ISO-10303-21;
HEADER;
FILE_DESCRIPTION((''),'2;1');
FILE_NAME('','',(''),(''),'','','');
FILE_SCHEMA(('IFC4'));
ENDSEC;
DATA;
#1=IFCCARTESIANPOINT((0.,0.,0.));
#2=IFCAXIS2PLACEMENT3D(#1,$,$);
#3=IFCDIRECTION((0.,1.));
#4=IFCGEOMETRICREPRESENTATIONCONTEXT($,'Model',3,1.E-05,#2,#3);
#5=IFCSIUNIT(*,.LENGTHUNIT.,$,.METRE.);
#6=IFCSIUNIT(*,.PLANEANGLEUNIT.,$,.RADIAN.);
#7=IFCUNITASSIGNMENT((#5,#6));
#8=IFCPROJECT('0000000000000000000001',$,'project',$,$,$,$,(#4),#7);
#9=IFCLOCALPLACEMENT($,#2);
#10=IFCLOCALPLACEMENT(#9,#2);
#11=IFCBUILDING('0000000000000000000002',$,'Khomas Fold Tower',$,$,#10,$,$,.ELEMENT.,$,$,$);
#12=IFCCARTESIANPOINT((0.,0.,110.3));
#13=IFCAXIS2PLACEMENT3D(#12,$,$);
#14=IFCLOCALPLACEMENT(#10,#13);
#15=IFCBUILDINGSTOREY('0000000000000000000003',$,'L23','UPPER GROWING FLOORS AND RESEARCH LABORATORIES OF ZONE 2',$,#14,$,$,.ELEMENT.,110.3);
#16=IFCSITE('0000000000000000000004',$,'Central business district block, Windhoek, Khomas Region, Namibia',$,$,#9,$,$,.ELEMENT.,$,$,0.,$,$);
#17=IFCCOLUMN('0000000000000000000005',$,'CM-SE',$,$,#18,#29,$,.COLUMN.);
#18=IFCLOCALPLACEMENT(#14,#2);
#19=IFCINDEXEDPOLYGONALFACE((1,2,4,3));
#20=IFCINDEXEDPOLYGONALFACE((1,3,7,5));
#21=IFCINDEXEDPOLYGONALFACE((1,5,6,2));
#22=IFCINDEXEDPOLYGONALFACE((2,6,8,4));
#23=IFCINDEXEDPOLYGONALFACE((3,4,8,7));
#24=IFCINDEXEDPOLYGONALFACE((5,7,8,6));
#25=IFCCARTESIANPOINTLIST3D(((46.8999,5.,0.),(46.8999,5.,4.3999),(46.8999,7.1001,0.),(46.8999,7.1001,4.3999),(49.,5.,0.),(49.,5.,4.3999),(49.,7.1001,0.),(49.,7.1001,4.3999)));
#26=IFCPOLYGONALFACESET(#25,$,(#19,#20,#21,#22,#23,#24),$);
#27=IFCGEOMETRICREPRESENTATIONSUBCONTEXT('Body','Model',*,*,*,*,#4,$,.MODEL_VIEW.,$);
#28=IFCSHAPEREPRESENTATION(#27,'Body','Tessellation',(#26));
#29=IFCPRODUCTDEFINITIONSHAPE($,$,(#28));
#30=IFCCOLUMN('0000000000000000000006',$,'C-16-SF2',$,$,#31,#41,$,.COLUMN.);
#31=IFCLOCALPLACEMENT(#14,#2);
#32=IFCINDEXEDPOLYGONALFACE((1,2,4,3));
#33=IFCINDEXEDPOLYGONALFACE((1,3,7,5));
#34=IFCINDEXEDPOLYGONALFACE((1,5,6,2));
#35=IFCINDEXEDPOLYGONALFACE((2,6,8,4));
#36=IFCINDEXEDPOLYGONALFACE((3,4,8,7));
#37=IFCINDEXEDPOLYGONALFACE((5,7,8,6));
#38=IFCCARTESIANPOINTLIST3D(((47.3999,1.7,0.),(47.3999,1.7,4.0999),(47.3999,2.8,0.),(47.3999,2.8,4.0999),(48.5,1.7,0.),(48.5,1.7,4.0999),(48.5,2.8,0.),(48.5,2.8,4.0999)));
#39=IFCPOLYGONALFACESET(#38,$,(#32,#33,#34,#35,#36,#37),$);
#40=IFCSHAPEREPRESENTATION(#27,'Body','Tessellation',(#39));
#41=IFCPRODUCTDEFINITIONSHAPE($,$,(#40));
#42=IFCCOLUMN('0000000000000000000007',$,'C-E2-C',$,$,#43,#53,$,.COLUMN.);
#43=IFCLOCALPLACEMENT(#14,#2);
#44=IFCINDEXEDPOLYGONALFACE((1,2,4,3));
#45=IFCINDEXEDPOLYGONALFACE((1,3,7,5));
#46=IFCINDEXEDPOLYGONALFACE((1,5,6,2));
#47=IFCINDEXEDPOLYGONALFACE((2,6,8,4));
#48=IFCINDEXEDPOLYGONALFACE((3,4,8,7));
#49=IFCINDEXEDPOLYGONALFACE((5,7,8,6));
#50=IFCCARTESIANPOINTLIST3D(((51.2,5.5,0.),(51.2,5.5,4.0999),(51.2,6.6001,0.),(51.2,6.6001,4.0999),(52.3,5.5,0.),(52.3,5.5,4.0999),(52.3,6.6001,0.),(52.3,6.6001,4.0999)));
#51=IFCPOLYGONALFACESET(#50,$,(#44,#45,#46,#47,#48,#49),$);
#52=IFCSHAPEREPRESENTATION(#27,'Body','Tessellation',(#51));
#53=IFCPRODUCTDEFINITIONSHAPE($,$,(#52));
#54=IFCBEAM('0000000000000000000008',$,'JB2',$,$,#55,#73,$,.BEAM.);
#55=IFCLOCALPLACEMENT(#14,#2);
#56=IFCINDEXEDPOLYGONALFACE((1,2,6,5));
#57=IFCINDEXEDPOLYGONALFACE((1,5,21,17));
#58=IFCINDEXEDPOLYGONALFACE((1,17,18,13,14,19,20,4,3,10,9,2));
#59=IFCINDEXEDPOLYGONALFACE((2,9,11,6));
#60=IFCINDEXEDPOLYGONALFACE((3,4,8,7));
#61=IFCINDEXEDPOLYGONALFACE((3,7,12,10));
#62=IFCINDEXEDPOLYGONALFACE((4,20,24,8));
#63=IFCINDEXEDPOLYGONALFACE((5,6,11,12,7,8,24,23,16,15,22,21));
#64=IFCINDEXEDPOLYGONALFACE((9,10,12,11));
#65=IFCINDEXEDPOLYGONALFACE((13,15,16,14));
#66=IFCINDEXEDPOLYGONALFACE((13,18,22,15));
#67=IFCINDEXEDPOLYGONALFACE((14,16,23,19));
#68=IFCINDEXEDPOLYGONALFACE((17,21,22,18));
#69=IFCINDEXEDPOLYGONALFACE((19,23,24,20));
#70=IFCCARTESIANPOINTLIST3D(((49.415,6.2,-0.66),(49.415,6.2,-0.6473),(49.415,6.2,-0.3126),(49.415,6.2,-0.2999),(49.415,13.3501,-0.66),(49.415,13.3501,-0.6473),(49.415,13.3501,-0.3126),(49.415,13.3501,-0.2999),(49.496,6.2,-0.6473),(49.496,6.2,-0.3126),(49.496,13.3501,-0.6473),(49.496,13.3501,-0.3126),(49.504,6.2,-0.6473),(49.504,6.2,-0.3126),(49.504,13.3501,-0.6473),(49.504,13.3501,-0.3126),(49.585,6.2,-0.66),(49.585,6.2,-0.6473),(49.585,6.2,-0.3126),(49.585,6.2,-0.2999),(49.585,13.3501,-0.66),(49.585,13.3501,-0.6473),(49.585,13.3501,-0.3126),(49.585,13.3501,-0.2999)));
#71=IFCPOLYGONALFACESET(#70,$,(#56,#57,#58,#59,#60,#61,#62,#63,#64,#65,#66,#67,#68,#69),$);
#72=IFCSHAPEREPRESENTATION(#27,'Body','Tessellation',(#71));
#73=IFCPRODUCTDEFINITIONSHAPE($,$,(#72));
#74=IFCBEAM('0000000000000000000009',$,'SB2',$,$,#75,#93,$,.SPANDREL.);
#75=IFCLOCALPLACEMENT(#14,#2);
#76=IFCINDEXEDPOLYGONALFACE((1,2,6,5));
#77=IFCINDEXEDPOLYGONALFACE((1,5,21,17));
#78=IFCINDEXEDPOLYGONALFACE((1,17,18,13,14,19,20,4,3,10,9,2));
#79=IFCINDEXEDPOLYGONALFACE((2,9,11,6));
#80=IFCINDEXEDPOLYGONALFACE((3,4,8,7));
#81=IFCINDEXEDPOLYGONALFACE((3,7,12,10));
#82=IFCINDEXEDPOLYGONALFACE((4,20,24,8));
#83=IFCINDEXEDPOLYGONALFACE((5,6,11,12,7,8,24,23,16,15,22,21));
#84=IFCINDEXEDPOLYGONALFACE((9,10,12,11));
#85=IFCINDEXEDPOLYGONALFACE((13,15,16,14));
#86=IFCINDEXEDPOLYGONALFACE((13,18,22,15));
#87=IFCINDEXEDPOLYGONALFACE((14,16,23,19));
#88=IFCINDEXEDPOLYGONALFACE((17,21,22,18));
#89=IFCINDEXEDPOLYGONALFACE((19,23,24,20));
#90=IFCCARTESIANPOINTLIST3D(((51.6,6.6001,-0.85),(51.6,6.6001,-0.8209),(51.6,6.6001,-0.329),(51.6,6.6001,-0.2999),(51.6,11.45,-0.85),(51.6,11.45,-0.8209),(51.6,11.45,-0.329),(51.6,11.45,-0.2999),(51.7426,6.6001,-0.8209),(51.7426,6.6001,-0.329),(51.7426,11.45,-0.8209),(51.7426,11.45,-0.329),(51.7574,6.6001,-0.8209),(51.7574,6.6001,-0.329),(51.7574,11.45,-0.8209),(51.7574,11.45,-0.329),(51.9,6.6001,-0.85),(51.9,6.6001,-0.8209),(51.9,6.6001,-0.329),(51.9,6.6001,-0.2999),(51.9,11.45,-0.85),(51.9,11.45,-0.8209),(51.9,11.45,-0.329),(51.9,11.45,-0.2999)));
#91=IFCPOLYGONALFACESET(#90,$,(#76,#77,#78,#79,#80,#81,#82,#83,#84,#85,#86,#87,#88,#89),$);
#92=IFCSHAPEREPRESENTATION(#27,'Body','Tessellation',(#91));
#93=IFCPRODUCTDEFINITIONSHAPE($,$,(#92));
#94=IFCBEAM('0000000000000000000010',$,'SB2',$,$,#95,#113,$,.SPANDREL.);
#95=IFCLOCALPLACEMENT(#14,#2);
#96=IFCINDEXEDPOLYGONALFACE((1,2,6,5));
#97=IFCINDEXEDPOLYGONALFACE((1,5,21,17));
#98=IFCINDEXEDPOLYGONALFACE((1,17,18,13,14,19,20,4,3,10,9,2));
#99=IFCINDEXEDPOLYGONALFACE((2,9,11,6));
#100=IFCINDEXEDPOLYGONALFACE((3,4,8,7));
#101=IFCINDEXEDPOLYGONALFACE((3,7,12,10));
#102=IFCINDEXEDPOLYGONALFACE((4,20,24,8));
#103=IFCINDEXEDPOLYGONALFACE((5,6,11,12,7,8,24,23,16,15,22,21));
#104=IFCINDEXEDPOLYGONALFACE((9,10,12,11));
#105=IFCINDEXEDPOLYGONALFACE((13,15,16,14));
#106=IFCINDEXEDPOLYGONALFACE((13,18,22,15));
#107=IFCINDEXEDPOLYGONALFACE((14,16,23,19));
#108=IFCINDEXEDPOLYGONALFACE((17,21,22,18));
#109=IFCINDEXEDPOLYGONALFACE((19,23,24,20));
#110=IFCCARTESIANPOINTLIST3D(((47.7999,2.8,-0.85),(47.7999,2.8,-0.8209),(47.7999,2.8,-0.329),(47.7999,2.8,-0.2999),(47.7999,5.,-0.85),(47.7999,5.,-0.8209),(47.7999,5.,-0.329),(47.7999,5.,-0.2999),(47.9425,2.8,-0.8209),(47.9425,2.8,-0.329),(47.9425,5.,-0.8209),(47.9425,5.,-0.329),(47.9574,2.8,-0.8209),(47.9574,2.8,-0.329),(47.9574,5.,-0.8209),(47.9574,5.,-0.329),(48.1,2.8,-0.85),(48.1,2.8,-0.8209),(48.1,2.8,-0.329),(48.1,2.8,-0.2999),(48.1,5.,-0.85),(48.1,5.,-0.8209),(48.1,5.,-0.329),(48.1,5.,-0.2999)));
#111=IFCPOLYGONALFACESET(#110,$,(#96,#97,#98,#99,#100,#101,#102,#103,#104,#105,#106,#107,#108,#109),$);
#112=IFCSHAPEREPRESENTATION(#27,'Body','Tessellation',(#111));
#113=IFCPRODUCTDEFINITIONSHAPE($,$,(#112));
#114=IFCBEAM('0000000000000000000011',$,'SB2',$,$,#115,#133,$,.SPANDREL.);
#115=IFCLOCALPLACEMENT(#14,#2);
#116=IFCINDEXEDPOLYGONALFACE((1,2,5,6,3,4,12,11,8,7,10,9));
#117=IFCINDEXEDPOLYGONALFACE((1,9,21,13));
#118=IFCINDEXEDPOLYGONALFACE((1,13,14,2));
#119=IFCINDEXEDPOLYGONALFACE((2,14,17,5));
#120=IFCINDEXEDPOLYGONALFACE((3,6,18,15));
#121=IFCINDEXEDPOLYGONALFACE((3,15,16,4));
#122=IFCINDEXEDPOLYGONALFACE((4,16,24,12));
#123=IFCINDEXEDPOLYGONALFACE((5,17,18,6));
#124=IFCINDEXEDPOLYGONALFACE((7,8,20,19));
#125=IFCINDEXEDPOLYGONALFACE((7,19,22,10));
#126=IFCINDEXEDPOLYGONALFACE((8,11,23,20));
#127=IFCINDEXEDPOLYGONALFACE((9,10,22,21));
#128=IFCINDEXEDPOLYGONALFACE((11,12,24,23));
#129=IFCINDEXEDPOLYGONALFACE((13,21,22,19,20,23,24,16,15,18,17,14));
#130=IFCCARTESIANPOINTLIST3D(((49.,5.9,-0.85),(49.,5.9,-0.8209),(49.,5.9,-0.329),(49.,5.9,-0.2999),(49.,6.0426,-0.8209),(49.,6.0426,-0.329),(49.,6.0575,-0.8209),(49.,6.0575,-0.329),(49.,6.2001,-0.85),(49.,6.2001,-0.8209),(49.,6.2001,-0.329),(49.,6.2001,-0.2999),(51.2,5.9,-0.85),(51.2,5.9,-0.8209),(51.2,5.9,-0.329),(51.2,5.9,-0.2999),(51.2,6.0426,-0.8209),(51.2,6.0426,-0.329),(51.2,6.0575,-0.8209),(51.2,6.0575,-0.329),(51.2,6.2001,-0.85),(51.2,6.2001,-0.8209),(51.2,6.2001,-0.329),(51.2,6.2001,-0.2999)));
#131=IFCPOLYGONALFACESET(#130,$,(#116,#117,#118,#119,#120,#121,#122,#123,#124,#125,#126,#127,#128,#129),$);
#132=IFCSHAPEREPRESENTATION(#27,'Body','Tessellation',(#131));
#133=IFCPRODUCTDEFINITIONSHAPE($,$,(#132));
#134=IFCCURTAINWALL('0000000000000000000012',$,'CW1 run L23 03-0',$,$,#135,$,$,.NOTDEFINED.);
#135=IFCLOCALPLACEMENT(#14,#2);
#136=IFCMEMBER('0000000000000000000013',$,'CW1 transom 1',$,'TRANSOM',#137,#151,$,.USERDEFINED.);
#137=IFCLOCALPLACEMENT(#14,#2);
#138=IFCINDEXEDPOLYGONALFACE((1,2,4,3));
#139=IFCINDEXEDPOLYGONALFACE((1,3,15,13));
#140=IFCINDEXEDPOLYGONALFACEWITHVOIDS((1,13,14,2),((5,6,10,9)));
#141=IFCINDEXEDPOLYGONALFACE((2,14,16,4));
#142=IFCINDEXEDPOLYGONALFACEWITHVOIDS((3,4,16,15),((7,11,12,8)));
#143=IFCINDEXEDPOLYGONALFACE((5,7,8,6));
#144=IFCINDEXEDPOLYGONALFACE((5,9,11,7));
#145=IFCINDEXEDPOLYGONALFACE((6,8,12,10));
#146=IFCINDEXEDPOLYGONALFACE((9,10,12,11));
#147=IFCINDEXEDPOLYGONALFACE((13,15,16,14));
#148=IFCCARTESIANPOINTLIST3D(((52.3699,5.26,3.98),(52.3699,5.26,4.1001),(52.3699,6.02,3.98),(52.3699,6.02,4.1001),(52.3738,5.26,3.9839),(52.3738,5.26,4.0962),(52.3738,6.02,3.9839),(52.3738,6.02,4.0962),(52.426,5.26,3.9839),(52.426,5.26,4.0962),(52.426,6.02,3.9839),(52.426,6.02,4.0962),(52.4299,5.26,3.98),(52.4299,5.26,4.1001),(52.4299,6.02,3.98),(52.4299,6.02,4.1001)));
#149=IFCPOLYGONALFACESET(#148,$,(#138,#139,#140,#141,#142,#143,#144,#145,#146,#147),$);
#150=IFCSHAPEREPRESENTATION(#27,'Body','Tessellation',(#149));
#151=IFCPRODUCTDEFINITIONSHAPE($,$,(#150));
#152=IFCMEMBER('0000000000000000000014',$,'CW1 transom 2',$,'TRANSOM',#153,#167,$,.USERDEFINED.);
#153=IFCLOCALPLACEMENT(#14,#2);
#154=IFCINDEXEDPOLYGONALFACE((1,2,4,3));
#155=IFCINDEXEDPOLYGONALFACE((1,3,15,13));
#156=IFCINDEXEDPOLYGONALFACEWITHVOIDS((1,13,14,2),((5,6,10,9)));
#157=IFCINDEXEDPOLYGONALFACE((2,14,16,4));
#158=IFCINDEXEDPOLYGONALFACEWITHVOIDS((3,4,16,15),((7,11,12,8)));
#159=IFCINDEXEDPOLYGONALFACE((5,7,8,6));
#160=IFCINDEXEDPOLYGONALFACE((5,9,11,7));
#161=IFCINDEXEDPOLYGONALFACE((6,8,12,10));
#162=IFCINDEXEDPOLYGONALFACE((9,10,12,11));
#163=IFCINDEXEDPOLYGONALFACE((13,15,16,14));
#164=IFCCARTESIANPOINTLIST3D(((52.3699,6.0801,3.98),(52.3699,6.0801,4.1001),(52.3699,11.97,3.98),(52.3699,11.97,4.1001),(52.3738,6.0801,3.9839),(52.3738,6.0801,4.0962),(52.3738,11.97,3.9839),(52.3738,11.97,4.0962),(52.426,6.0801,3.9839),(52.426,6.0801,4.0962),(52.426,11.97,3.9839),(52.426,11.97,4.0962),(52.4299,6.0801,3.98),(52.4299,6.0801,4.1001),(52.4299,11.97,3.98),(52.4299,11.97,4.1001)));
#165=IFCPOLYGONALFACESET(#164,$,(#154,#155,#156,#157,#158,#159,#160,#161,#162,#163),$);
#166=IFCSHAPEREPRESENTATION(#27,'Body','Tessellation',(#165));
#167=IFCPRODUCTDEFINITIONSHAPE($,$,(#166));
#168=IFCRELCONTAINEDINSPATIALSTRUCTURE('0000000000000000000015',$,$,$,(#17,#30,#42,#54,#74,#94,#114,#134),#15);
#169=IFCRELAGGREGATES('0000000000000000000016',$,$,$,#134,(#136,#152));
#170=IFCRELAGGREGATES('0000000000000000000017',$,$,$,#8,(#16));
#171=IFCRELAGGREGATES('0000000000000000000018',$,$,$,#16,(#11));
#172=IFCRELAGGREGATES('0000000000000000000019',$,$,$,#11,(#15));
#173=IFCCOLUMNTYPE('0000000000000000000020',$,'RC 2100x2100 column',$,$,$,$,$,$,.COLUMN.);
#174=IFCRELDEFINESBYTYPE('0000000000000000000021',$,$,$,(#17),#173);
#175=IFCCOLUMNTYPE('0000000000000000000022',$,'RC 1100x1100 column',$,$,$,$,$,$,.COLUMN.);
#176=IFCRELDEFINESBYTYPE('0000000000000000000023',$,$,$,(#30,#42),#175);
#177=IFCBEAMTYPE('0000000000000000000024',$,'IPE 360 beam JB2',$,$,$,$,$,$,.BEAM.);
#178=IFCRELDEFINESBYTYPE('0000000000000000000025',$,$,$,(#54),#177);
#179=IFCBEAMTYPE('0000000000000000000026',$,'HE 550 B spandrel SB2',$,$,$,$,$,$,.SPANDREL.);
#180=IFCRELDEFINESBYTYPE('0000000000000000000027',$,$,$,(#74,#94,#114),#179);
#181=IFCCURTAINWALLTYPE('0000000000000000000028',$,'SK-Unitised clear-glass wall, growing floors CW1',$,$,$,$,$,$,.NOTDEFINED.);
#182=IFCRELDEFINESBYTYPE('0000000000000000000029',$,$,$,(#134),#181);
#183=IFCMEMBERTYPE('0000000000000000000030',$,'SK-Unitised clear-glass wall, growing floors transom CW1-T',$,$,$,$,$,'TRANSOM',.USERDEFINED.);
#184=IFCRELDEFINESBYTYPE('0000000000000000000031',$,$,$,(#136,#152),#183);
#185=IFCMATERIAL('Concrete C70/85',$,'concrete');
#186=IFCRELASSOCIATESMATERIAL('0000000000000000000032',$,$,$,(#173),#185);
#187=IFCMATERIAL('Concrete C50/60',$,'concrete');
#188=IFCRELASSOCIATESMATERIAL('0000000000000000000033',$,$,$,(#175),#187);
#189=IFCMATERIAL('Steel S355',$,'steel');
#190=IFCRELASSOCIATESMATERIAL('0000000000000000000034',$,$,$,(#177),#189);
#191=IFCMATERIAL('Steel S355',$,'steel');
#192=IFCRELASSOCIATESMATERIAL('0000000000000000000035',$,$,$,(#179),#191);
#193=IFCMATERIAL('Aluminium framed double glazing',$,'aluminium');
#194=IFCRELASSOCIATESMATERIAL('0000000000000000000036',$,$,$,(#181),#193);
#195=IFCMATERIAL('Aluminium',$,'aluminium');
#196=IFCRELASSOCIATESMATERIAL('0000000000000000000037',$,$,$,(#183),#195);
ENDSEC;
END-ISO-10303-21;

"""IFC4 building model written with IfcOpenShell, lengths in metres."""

from ifc_helpers import new_model, si_unit, direction, frame, origin, origin_2d, place, context, subcontext, project, spatial, rectangle, hollow_rectangle, i_section, extrude, source, transform, mapped, material, material_profile, profile_set, type_object, element, aggregate, save


model = new_model("IFC4")

# Units and contexts
model_context = context("Model", 3, precision=1e-05, world=origin(), true_north=direction((0.0, 1.0)))
body_context = subcontext(model_context, "Body", "Model", "MODEL_VIEW")
ifc_project = project(units=[si_unit("LENGTHUNIT", "METRE"), si_unit("PLANEANGLEUNIT", "RADIAN")], contexts=[model_context])

# Site, building, storey
site_placement = place(None, origin())
site = spatial("IfcSite", under=ifc_project, at=site_placement, Name="Central business district block, Windhoek, Khomas Region, Namibia", CompositionType="ELEMENT", RefElevation=0.0)
building_placement = place(site_placement, origin())
building = spatial("IfcBuilding", under=site, at=building_placement, Name="Khomas Fold Tower", CompositionType="ELEMENT")
storey_placement = place(building_placement, frame((0.0, 0.0, 110.3)))
storey = spatial("IfcBuildingStorey", under=building, at=storey_placement, Name="L23", Description="UPPER GROWING FLOORS AND RESEARCH LABORATORIES OF ZONE 2", CompositionType="ELEMENT", Elevation=110.3)

# Columns
ifc_material_1 = material(Name="Concrete C70/85", Category="concrete")
ifc_material_profile_1 = material_profile(ifc_material_1, rectangle(XDim=2.1001, YDim=2.1001, at=origin_2d()), Name="RC 2100x2100")
ifc_profile_set_1 = profile_set([ifc_material_profile_1], Name="Concrete C70/85")
column_type_1 = type_object("IfcColumnType", Name="RC 2100x2100 column", PredefinedType="COLUMN", material=ifc_profile_set_1)
shared_shape_1 = source(origin(), body_context, "Body", "SweptSolid", [
    extrude(rectangle(XDim=2.1001, YDim=2.1001, at=origin_2d()), origin(), (0.0, 0.0, 1.0), 4.3999),
])
column_placement = place(storey_placement, frame((47.95, 6.05, 0.0), z_axis=(0.0, 0.0, 1.0), x_axis=(1.0, 0.0, 0.0)))
element("IfcColumn", 1, at=column_placement, inside=storey, type_object=column_type_1, Name="CM-SE", PredefinedType="COLUMN", context=body_context, shape_type="MappedRepresentation", body=[
    mapped(shared_shape_1, transform((0.0, 0.0, 0.0))),
])
ifc_material_2 = material(Name="Concrete C50/60", Category="concrete")
ifc_material_profile_2 = material_profile(ifc_material_2, rectangle(XDim=1.1001, YDim=1.1001, at=origin_2d()), Name="RC 1100x1100")
ifc_profile_set_2 = profile_set([ifc_material_profile_2], Name="Concrete C50/60")
column_type_2 = type_object("IfcColumnType", Name="RC 1100x1100 column", PredefinedType="COLUMN", material=ifc_profile_set_2)
shared_shape_2 = source(origin(), body_context, "Body", "SweptSolid", [
    extrude(rectangle(XDim=1.1001, YDim=1.1001, at=origin_2d()), origin(), (0.0, 0.0, 1.0), 4.0999),
])
for number, where, z_axis, x_axis, name in (
    (2, (47.95, 2.25, 0.0), (0.0, 0.0, 1.0), (1.0, 0.0, 0.0), "C-16-SF2"),
    (3, (51.75, 6.05, 0.0), (0.0, 0.0, 1.0), (1.0, 0.0, 0.0), "C-E2-C"),
):
    element("IfcColumn", number, at=place(storey_placement, frame(where, z_axis=z_axis, x_axis=x_axis)), inside=storey, type_object=column_type_2, Name=name, PredefinedType="COLUMN", context=body_context, shape_type="MappedRepresentation", body=[
        mapped(shared_shape_2, transform((0.0, 0.0, 0.0))),
    ])

# Beams
ifc_material_3 = material(Name="Steel S355", Category="steel")
ifc_material_profile_3 = material_profile(ifc_material_3, i_section(OverallWidth=0.1699, OverallDepth=0.3601, WebThickness=0.0081, FlangeThickness=0.0127, at=origin_2d()), Name="IPE 360")
ifc_profile_set_3 = profile_set([ifc_material_profile_3], Name="Steel S355")
beam_type_1 = type_object("IfcBeamType", Name="IPE 360 beam JB2", PredefinedType="BEAM", material=ifc_profile_set_3)
shared_shape_3 = source(origin(), body_context, "Body", "SweptSolid", [
    extrude(i_section(OverallWidth=0.1699, OverallDepth=0.3601, WebThickness=0.0081, FlangeThickness=0.0127, at=origin_2d()), origin(), (0.0, 0.0, 1.0), 7.1501),
])
beam_1_placement = place(storey_placement, frame((49.5, 6.2, -0.48), z_axis=(0.0, 1.0, 0.0), x_axis=(-1.0, 0.0, 0.0)))
element("IfcBeam", 4, at=beam_1_placement, inside=storey, type_object=beam_type_1, Name="JB2", PredefinedType="BEAM", context=body_context, shape_type="MappedRepresentation", body=[
    mapped(shared_shape_3, transform((0.0, 0.0, 0.0))),
])
ifc_material_4 = material(Name="Steel S355", Category="steel")
ifc_material_profile_4 = material_profile(ifc_material_4, i_section(OverallWidth=0.3, OverallDepth=0.55, WebThickness=0.0149, FlangeThickness=0.0291, at=origin_2d()), Name="HE 550 B")
ifc_profile_set_4 = profile_set([ifc_material_profile_4], Name="Steel S355")
beam_type_2 = type_object("IfcBeamType", Name="HE 550 B spandrel SB2", PredefinedType="SPANDREL", material=ifc_profile_set_4)
shared_shape_4 = source(origin(), body_context, "Body", "SweptSolid", [
    extrude(i_section(OverallWidth=0.3, OverallDepth=0.55, WebThickness=0.0149, FlangeThickness=0.0291, at=origin_2d()), origin(), (0.0, 0.0, 1.0), 4.8499),
])
beam_2_placement = place(storey_placement, frame((51.75, 6.6001, -0.575), z_axis=(0.0, 1.0, 0.0), x_axis=(-1.0, 0.0, 0.0)))
element("IfcBeam", 5, at=beam_2_placement, inside=storey, type_object=beam_type_2, Name="SB2", PredefinedType="SPANDREL", context=body_context, shape_type="MappedRepresentation", body=[
    mapped(shared_shape_4, transform((0.0, 0.0, 0.0))),
])
shared_shape_5 = source(origin(), body_context, "Body", "SweptSolid", [
    extrude(i_section(OverallWidth=0.3, OverallDepth=0.55, WebThickness=0.0149, FlangeThickness=0.0291, at=origin_2d()), origin(), (0.0, 0.0, 1.0), 2.2),
])
for number, where, z_axis, x_axis, name in (
    (6, (47.95, 2.8, -0.575), (0.0, 1.0, 0.0), (-1.0, 0.0, 0.0), "SB2"),
    (7, (49.0, 6.05, -0.575), (1.0, 0.0, 0.0), (0.0, 1.0, 0.0), "SB2"),
):
    element("IfcBeam", number, at=place(storey_placement, frame(where, z_axis=z_axis, x_axis=x_axis)), inside=storey, type_object=beam_type_2, Name=name, PredefinedType="SPANDREL", context=body_context, shape_type="MappedRepresentation", body=[
        mapped(shared_shape_5, transform((0.0, 0.0, 0.0))),
    ])

# Curtain wall, members
ifc_material_5 = material(Name="Aluminium framed double glazing", Category="aluminium")
curtain_wall_type = type_object("IfcCurtainWallType", Name="SK-Unitised clear-glass wall, growing floors CW1", PredefinedType="NOTDEFINED", material=ifc_material_5)
curtain_wall_1_placement = place(storey_placement, origin())
curtain_wall_1 = element("IfcCurtainWall", 8, at=curtain_wall_1_placement, inside=storey, type_object=curtain_wall_type, Name="CW1 run L23 03-0", PredefinedType="NOTDEFINED")
ifc_material_6 = material(Name="Aluminium", Category="aluminium")
ifc_material_profile_5 = material_profile(ifc_material_6, hollow_rectangle(XDim=0.0601, YDim=0.1201, WallThickness=0.0039, at=origin_2d()), Name="SK-Unitised clear-glass wall, growing floors transom CW1-T")
ifc_profile_set_5 = profile_set([ifc_material_profile_5], Name="Aluminium")
member_type_1 = type_object("IfcMemberType", Name="SK-Unitised clear-glass wall, growing floors transom CW1-T", ElementType="TRANSOM", PredefinedType="USERDEFINED", material=ifc_profile_set_5)
shared_shape_6 = source(origin(), body_context, "Body", "SweptSolid", [
    extrude(hollow_rectangle(XDim=0.0601, YDim=0.1201, WallThickness=0.0039, at=origin_2d()), origin(), (0.0, 0.0, 1.0), 0.76),
])
member_1_placement = place(storey_placement, frame((52.3999, 5.26, 4.04), z_axis=(0.0, 1.0, 0.0), x_axis=(-1.0, 0.0, 0.0)))
member_1 = element("IfcMember", 9, at=member_1_placement, type_object=member_type_1, Name="CW1 transom 1", ObjectType="TRANSOM", PredefinedType="USERDEFINED", context=body_context, shape_type="MappedRepresentation", body=[
    mapped(shared_shape_6, transform((0.0, 0.0, 0.0))),
])
shared_shape_7 = source(origin(), body_context, "Body", "SweptSolid", [
    extrude(hollow_rectangle(XDim=0.0601, YDim=0.1201, WallThickness=0.0039, at=origin_2d()), origin(), (0.0, 0.0, 1.0), 5.8899),
])
member_2_placement = place(storey_placement, frame((52.3999, 6.0801, 4.04), z_axis=(0.0, 1.0, 0.0), x_axis=(-1.0, 0.0, 0.0)))
member_2 = element("IfcMember", 10, at=member_2_placement, type_object=member_type_1, Name="CW1 transom 2", ObjectType="TRANSOM", PredefinedType="USERDEFINED", context=body_context, shape_type="MappedRepresentation", body=[
    mapped(shared_shape_7, transform((0.0, 0.0, 0.0))),
])

aggregate(curtain_wall_1, [member_1, member_2])

save(model, "model.ifc")
